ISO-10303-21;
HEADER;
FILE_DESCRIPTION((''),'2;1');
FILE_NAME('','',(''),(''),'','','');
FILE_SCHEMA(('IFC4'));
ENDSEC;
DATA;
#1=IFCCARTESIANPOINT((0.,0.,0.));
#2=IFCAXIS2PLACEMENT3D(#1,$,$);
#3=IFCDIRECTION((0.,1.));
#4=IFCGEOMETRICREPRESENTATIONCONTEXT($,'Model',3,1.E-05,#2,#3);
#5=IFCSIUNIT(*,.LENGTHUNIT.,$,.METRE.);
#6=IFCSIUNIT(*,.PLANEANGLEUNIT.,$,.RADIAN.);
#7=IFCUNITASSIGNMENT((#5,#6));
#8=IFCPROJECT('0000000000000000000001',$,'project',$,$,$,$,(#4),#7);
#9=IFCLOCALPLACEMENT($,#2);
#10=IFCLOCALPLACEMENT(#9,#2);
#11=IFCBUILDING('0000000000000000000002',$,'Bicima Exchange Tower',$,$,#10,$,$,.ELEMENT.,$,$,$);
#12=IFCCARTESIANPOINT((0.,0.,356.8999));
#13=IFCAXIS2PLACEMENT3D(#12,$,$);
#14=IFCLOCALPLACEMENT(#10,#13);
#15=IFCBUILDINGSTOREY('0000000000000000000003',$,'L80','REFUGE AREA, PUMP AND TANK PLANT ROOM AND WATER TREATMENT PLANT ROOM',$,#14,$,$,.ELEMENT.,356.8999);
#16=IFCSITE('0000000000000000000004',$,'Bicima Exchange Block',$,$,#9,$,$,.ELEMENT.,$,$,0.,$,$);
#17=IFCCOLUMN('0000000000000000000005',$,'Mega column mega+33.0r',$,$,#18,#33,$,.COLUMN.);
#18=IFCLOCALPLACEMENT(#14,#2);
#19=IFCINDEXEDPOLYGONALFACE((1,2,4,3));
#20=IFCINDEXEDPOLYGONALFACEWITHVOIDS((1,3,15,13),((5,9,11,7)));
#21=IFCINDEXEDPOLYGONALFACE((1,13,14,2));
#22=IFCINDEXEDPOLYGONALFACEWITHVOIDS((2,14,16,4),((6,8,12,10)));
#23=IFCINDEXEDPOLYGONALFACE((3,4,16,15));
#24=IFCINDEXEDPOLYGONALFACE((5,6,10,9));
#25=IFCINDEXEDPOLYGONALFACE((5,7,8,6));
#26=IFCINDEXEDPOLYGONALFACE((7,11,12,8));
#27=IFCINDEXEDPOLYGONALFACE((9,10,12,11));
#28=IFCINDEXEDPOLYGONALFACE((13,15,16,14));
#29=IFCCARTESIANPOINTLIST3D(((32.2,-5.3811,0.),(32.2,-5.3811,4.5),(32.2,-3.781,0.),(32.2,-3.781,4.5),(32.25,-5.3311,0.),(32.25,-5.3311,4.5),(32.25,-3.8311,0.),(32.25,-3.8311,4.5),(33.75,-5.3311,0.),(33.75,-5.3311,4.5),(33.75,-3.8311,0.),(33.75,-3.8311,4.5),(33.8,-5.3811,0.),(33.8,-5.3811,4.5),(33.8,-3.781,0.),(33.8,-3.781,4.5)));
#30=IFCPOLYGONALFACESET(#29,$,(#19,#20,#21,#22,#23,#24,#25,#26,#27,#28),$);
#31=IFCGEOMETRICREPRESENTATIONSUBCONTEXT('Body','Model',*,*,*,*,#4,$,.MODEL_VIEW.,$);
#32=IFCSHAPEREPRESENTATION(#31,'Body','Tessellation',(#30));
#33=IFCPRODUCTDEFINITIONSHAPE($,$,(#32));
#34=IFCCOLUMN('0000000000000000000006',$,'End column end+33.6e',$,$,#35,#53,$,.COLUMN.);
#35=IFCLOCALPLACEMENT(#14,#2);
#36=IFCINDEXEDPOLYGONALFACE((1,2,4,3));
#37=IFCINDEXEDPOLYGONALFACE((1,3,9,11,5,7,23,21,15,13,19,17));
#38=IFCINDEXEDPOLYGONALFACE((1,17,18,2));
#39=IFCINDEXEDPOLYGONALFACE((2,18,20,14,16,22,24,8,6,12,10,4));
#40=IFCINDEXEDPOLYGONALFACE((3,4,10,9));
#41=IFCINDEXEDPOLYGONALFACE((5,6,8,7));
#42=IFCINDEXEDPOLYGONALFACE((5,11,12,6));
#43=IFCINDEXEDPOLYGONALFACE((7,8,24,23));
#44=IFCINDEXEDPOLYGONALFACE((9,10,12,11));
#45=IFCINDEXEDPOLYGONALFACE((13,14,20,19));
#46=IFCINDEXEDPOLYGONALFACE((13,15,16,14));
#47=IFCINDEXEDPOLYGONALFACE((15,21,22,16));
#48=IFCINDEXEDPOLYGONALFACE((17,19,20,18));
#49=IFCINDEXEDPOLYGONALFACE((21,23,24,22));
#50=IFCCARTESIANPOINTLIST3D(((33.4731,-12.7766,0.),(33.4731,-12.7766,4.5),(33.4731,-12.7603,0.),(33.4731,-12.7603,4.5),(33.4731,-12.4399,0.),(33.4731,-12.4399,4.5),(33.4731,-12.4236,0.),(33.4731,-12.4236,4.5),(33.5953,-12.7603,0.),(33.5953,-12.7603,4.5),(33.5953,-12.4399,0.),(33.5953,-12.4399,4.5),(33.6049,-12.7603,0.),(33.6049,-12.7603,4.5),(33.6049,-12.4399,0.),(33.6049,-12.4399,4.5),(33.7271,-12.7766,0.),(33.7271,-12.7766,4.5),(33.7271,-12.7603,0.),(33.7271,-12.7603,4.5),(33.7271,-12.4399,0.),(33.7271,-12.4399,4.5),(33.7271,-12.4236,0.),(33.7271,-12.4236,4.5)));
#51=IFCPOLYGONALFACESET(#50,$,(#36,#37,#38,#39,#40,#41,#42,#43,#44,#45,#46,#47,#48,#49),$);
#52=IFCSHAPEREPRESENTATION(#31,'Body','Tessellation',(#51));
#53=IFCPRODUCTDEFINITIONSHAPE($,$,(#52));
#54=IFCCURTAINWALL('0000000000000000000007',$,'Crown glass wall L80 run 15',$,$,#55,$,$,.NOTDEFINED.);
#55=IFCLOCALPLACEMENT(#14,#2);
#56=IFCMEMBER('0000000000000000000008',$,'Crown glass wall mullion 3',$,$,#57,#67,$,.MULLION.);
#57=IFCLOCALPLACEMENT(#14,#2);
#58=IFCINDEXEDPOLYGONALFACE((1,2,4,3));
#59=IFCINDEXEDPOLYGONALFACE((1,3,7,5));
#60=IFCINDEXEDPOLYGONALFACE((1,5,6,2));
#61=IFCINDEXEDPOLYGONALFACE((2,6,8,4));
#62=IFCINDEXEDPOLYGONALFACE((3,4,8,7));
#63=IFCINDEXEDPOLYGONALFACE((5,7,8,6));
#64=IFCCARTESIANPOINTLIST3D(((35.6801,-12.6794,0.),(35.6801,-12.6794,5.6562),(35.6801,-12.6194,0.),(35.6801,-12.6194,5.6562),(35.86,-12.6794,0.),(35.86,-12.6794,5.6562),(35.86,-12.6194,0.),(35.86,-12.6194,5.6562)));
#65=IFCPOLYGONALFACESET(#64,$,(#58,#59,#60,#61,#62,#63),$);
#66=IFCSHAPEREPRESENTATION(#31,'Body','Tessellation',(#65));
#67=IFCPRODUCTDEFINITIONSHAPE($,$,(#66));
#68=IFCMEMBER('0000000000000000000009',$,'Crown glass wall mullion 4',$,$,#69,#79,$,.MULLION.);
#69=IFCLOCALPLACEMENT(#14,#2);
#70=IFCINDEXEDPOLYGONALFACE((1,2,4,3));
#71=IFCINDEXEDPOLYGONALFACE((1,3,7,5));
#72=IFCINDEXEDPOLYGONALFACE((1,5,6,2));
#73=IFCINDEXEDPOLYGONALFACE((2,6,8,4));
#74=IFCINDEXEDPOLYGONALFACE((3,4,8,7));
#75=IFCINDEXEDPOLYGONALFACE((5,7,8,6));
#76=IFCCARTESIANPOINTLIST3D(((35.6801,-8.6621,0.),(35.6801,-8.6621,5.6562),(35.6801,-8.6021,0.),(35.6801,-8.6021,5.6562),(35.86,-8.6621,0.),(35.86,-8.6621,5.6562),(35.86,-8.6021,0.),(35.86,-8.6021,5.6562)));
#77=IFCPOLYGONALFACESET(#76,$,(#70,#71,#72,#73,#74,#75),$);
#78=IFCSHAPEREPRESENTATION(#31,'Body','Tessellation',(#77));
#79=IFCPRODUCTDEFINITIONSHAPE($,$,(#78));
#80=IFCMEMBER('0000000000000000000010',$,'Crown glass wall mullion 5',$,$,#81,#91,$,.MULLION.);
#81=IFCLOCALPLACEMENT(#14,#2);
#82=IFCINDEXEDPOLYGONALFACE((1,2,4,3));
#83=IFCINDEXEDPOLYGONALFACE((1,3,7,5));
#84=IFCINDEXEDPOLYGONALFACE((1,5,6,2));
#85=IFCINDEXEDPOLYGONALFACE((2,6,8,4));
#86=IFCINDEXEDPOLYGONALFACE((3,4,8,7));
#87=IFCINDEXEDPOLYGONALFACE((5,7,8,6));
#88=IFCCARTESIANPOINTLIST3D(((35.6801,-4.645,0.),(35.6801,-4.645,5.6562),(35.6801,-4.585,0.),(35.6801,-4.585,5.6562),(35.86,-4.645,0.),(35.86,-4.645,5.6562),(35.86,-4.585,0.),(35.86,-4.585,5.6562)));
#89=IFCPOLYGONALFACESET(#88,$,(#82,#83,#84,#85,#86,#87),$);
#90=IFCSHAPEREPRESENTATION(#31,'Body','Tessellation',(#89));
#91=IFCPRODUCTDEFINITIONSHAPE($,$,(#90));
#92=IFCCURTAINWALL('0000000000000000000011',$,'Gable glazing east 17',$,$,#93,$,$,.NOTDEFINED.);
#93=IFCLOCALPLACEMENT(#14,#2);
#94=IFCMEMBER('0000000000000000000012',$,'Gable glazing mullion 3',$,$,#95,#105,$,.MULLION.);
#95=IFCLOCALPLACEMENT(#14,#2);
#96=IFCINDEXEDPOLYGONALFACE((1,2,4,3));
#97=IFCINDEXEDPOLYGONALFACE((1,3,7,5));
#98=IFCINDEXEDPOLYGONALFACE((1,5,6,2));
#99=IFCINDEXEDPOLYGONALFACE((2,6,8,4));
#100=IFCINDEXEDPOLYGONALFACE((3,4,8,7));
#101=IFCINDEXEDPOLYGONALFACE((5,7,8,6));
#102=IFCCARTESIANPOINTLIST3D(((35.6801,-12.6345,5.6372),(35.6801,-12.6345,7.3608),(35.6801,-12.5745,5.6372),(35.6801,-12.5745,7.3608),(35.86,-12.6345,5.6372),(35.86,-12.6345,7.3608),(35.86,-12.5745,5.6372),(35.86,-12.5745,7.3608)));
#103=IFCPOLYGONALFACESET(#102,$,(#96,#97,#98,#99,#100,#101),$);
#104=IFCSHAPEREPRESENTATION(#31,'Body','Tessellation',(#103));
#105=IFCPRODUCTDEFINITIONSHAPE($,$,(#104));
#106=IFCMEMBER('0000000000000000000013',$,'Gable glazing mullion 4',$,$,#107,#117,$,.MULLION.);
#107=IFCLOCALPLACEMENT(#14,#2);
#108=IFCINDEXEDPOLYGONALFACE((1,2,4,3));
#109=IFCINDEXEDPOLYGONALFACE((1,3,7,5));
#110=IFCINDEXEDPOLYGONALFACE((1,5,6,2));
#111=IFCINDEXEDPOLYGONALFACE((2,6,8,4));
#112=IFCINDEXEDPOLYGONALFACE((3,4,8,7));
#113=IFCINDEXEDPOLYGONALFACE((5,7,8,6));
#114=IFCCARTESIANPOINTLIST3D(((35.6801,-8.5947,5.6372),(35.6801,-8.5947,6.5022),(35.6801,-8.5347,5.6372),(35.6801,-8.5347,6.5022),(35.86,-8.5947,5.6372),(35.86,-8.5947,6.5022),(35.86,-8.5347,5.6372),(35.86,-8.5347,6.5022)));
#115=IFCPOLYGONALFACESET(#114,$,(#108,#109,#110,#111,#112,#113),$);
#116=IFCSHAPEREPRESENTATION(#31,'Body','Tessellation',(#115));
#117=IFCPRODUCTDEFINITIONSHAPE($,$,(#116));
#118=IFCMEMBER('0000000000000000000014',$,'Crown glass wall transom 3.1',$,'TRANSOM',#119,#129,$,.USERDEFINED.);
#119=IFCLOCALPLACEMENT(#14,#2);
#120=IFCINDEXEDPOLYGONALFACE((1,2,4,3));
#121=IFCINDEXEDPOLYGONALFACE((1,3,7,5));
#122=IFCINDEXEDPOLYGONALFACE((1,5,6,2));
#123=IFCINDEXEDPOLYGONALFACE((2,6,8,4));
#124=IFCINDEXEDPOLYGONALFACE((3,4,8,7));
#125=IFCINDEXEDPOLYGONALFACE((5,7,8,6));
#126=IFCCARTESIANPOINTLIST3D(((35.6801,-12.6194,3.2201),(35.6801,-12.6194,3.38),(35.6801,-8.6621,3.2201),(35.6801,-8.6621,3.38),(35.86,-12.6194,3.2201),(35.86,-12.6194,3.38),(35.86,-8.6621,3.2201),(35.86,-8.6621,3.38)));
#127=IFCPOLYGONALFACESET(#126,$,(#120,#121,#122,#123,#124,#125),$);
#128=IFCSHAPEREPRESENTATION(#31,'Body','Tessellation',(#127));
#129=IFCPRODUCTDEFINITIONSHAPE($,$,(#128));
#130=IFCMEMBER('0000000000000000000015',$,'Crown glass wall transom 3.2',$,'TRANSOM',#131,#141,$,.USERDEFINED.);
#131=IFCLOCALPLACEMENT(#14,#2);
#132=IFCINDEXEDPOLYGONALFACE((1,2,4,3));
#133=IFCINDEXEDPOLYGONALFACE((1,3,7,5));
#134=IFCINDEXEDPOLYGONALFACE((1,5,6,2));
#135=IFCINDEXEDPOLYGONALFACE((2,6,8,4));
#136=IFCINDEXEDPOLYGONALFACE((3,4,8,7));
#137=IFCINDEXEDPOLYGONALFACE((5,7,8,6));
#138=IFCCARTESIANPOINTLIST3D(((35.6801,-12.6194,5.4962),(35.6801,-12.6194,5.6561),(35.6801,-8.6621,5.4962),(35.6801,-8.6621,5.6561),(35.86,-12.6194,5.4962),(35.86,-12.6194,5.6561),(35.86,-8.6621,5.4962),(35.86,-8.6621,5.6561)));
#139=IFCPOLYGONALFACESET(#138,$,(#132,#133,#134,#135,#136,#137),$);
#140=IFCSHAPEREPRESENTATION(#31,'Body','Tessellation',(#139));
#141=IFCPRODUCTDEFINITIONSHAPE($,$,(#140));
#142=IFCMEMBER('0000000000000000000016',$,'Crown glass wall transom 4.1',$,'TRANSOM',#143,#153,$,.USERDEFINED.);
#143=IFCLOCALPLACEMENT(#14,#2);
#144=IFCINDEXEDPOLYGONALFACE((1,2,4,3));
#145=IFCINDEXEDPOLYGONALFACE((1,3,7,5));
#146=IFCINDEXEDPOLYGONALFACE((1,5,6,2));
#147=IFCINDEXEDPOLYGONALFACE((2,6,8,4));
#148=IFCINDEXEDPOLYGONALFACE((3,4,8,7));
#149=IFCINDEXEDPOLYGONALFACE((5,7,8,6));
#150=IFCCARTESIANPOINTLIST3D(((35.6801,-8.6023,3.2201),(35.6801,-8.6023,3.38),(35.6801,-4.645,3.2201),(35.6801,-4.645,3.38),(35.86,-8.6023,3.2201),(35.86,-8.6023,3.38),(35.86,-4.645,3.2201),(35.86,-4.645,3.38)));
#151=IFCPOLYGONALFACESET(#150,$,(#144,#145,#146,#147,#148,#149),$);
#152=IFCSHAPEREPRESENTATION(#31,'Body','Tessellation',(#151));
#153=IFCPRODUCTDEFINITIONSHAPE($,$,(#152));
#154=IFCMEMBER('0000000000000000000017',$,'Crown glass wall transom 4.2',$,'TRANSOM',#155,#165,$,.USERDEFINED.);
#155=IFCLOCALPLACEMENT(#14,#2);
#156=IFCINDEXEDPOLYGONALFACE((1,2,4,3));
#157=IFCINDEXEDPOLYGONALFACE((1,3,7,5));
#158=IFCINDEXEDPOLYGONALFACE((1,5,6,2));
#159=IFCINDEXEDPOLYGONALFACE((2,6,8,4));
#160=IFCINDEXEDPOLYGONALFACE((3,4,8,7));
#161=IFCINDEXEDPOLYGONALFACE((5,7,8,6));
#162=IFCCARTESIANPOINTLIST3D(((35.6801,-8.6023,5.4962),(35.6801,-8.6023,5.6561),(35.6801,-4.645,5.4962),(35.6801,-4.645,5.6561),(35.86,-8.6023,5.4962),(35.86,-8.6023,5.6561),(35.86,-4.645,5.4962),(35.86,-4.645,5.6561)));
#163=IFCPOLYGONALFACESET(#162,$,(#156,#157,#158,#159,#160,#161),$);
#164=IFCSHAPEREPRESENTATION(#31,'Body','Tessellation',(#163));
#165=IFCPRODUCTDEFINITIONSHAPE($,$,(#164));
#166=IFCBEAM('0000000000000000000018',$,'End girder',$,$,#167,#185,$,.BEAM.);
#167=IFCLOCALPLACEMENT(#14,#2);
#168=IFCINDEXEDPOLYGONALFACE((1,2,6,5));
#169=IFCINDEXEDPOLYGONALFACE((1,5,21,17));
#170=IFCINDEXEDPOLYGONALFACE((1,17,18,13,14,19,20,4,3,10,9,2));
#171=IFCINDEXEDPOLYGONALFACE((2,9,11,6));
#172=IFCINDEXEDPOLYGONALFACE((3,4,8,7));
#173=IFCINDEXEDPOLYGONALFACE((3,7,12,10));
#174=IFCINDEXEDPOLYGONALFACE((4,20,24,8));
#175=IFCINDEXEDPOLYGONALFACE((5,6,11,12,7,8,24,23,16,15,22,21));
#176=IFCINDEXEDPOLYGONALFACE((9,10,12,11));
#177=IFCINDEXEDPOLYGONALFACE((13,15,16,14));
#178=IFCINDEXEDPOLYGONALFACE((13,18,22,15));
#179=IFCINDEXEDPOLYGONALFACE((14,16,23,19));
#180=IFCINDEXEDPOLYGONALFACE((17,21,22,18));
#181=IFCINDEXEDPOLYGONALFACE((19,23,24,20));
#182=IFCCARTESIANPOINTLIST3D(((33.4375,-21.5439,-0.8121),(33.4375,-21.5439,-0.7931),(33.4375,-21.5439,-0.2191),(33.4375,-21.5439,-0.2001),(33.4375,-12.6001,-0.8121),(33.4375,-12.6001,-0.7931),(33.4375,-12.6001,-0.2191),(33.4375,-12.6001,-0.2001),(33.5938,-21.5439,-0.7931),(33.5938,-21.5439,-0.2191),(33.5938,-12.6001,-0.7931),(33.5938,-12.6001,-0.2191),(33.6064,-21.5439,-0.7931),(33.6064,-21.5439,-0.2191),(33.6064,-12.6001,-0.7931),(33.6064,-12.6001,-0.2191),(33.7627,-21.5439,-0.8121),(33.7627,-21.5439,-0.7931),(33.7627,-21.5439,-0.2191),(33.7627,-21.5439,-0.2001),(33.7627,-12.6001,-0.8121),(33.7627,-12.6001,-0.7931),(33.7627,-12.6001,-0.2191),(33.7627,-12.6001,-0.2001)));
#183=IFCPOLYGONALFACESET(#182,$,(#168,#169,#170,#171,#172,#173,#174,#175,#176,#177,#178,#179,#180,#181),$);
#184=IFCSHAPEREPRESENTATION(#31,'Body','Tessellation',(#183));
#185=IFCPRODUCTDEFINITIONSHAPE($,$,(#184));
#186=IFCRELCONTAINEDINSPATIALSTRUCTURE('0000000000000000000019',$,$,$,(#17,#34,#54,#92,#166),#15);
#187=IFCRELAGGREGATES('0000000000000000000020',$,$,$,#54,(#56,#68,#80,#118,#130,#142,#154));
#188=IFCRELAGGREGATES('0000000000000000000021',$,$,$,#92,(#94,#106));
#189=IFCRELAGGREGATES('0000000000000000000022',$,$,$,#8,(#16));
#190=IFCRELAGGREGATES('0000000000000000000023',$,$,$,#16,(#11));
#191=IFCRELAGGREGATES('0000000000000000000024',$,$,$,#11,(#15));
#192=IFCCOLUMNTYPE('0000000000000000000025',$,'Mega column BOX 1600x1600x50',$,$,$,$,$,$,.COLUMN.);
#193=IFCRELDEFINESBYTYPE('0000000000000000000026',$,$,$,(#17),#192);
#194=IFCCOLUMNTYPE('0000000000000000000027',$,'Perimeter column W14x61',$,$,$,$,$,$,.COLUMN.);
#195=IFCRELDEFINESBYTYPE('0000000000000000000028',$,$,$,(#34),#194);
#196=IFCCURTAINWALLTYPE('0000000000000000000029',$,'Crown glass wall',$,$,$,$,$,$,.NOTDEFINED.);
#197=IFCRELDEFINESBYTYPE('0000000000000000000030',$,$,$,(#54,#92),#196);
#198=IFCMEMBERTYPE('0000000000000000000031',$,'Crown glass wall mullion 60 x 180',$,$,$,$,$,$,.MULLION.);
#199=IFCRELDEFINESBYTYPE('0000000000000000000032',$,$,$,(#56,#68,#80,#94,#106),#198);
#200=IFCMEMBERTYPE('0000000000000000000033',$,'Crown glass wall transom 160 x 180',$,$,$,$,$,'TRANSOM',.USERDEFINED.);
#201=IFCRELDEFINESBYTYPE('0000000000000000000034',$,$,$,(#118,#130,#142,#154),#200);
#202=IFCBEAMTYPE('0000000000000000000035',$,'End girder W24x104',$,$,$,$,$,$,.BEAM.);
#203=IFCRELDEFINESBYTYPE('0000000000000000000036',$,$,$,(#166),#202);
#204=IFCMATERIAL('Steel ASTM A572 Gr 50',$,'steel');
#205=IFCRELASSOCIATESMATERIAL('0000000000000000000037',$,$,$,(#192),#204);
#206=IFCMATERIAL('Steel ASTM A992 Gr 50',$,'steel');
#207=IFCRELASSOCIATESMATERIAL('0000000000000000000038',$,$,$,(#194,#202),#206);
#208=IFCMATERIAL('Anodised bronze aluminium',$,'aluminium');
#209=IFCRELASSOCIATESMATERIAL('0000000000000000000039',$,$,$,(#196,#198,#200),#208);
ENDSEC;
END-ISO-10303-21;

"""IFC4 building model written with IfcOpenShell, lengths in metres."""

from ifc_helpers import new_model, si_unit, direction, frame, origin, origin_2d, place, context, subcontext, project, spatial, rectangle, hollow_rectangle, i_section, extrude, material, material_profile, profile_set, type_object, element, aggregate, save


model = new_model("IFC4")

# Units and contexts
model_context = context("Model", 3, precision=1e-05, world=origin(), true_north=direction((0.0, 1.0)))
body_context = subcontext(model_context, "Body", "Model", "MODEL_VIEW")
ifc_project = project(units=[si_unit("LENGTHUNIT", "METRE"), si_unit("PLANEANGLEUNIT", "RADIAN")], contexts=[model_context])

# Site, building, storey
site_placement = place(None, origin())
site = spatial("IfcSite", under=ifc_project, at=site_placement, Name="Bicima Exchange Block", CompositionType="ELEMENT", RefElevation=0.0)
building_placement = place(site_placement, origin())
building = spatial("IfcBuilding", under=site, at=building_placement, Name="Bicima Exchange Tower", CompositionType="ELEMENT")
storey_placement = place(building_placement, frame((0.0, 0.0, 356.8999)))
storey = spatial("IfcBuildingStorey", under=building, at=storey_placement, Name="L80", Description="REFUGE AREA, PUMP AND TANK PLANT ROOM AND WATER TREATMENT PLANT ROOM", CompositionType="ELEMENT", Elevation=356.8999)

# Columns
ifc_material_1 = material(Name="Steel ASTM A572 Gr 50", Category="steel")
ifc_material_profile_1 = material_profile(ifc_material_1, hollow_rectangle(XDim=1.6001, YDim=1.6001, WallThickness=0.05, at=origin_2d()))
ifc_profile_set_1 = profile_set([ifc_material_profile_1], Name="Steel ASTM A572 Gr 50")
column_type_1 = type_object("IfcColumnType", Name="Mega column BOX 1600x1600x50", PredefinedType="COLUMN", material=ifc_profile_set_1)
column_1_placement = place(storey_placement, frame((33.0, -4.5811, 0.0), z_axis=(0.0, 0.0, 1.0), x_axis=(1.0, 0.0, 0.0)))
element("IfcColumn", 1, at=column_1_placement, inside=storey, type_object=column_type_1, Name="Mega column mega+33.0r", PredefinedType="COLUMN", context=body_context, shape_type="SweptSolid", body=[
    extrude(hollow_rectangle(XDim=1.6001, YDim=1.6001, WallThickness=0.05, at=origin_2d()), origin(), (0.0, 0.0, 1.0), 4.5),
])
ifc_material_2 = material(Name="Steel ASTM A992 Gr 50", Category="steel")
ifc_material_profile_2 = material_profile(ifc_material_2, i_section(OverallWidth=0.2539, OverallDepth=0.353, WebThickness=0.0095, FlangeThickness=0.0164, at=origin_2d()))
ifc_profile_set_2 = profile_set([ifc_material_profile_2], Name="Steel ASTM A992 Gr 50")
column_type_2 = type_object("IfcColumnType", Name="Perimeter column W14x61", PredefinedType="COLUMN", material=ifc_profile_set_2)
column_2_placement = place(storey_placement, frame((33.6001, -12.6001, 0.0), z_axis=(0.0, 0.0, 1.0), x_axis=(1.0, 0.0, 0.0)))
element("IfcColumn", 2, at=column_2_placement, inside=storey, type_object=column_type_2, Name="End column end+33.6e", PredefinedType="COLUMN", context=body_context, shape_type="SweptSolid", body=[
    extrude(i_section(OverallWidth=0.2539, OverallDepth=0.353, WebThickness=0.0095, FlangeThickness=0.0164, at=origin_2d()), origin(), (0.0, 0.0, 1.0), 4.5),
])

# Curtain walls, members
ifc_material_3 = material(Name="Anodised bronze aluminium", Category="aluminium")
curtain_wall_type = type_object("IfcCurtainWallType", Name="Crown glass wall", PredefinedType="NOTDEFINED", material=ifc_material_3)
curtain_wall_1_placement = place(storey_placement, origin())
curtain_wall_1 = element("IfcCurtainWall", 3, at=curtain_wall_1_placement, inside=storey, type_object=curtain_wall_type, Name="Crown glass wall L80 run 15", PredefinedType="NOTDEFINED")
ifc_material_profile_3 = material_profile(ifc_material_3, rectangle(XDim=0.1799, YDim=0.0601, at=origin_2d()))
ifc_profile_set_3 = profile_set([ifc_material_profile_3], Name="Anodised bronze aluminium")
member_type_1 = type_object("IfcMemberType", Name="Crown glass wall mullion 60 x 180", PredefinedType="MULLION", material=ifc_profile_set_3)
member_1_placement = place(storey_placement, frame((35.77, -12.6494, 0.0), z_axis=(0.0, 0.0, 1.0), x_axis=(-1.0, 0.0, 0.0)))
member_1 = element("IfcMember", 4, at=member_1_placement, type_object=member_type_1, Name="Crown glass wall mullion 3", PredefinedType="MULLION", context=body_context, shape_type="SweptSolid", body=[
    extrude(rectangle(XDim=0.1799, YDim=0.0601, at=origin_2d()), origin(), (0.0, 0.0, 1.0), 5.6562),
])
member_2_placement = place(storey_placement, frame((35.77, -8.6321, 0.0), z_axis=(0.0, 0.0, 1.0), x_axis=(-1.0, 0.0, 0.0)))
member_2 = element("IfcMember", 5, at=member_2_placement, type_object=member_type_1, Name="Crown glass wall mullion 4", PredefinedType="MULLION", context=body_context, shape_type="SweptSolid", body=[
    extrude(rectangle(XDim=0.1799, YDim=0.0601, at=origin_2d()), origin(), (0.0, 0.0, 1.0), 5.6562),
])
member_3_placement = place(storey_placement, frame((35.77, -4.615, 0.0), z_axis=(0.0, 0.0, 1.0), x_axis=(-1.0, 0.0, 0.0)))
member_3 = element("IfcMember", 6, at=member_3_placement, type_object=member_type_1, Name="Crown glass wall mullion 5", PredefinedType="MULLION", context=body_context, shape_type="SweptSolid", body=[
    extrude(rectangle(XDim=0.1799, YDim=0.0601, at=origin_2d()), origin(), (0.0, 0.0, 1.0), 5.6562),
])
curtain_wall_2_placement = place(storey_placement, origin())
curtain_wall_2 = element("IfcCurtainWall", 7, at=curtain_wall_2_placement, inside=storey, type_object=curtain_wall_type, Name="Gable glazing east 17", PredefinedType="NOTDEFINED")
member_4_placement = place(storey_placement, frame((35.77, -12.6045, 5.6372), z_axis=(0.0, 0.0, 1.0), x_axis=(-1.0, 0.0, 0.0)))
member_4 = element("IfcMember", 8, at=member_4_placement, type_object=member_type_1, Name="Gable glazing mullion 3", PredefinedType="MULLION", context=body_context, shape_type="SweptSolid", body=[
    extrude(rectangle(XDim=0.1799, YDim=0.0601, at=origin_2d()), origin(), (0.0, 0.0, 1.0), 1.7236),
])
member_5_placement = place(storey_placement, frame((35.77, -8.5647, 5.6372), z_axis=(0.0, 0.0, 1.0), x_axis=(-1.0, 0.0, 0.0)))
member_5 = element("IfcMember", 9, at=member_5_placement, type_object=member_type_1, Name="Gable glazing mullion 4", PredefinedType="MULLION", context=body_context, shape_type="SweptSolid", body=[
    extrude(rectangle(XDim=0.1799, YDim=0.0601, at=origin_2d()), origin(), (0.0, 0.0, 1.0), 0.865),
])

# Members
ifc_material_profile_4 = material_profile(ifc_material_3, rectangle(XDim=0.1799, YDim=0.1599, at=origin_2d()))
ifc_profile_set_4 = profile_set([ifc_material_profile_4], Name="Anodised bronze aluminium")
member_type_2 = type_object("IfcMemberType", Name="Crown glass wall transom 160 x 180", ElementType="TRANSOM", PredefinedType="USERDEFINED", material=ifc_profile_set_4)
member_6_placement = place(storey_placement, frame((35.77, -12.6194, 3.3), z_axis=(0.0, 1.0, 0.0), x_axis=(-1.0, 0.0, 0.0)))
member_6 = element("IfcMember", 10, at=member_6_placement, type_object=member_type_2, Name="Crown glass wall transom 3.1", ObjectType="TRANSOM", PredefinedType="USERDEFINED", context=body_context, shape_type="SweptSolid", body=[
    extrude(rectangle(XDim=0.1799, YDim=0.1599, at=origin_2d()), origin(), (0.0, 0.0, 1.0), 3.9573),
])
member_7_placement = place(storey_placement, frame((35.77, -12.6194, 5.5762), z_axis=(0.0, 1.0, 0.0), x_axis=(-1.0, 0.0, 0.0)))
member_7 = element("IfcMember", 11, at=member_7_placement, type_object=member_type_2, Name="Crown glass wall transom 3.2", ObjectType="TRANSOM", PredefinedType="USERDEFINED", context=body_context, shape_type="SweptSolid", body=[
    extrude(rectangle(XDim=0.1799, YDim=0.1599, at=origin_2d()), origin(), (0.0, 0.0, 1.0), 3.9573),
])
member_8_placement = place(storey_placement, frame((35.77, -8.6023, 3.3), z_axis=(0.0, 1.0, 0.0), x_axis=(-1.0, 0.0, 0.0)))
member_8 = element("IfcMember", 12, at=member_8_placement, type_object=member_type_2, Name="Crown glass wall transom 4.1", ObjectType="TRANSOM", PredefinedType="USERDEFINED", context=body_context, shape_type="SweptSolid", body=[
    extrude(rectangle(XDim=0.1799, YDim=0.1599, at=origin_2d()), origin(), (0.0, 0.0, 1.0), 3.9573),
])
member_9_placement = place(storey_placement, frame((35.77, -8.6023, 5.5762), z_axis=(0.0, 1.0, 0.0), x_axis=(-1.0, 0.0, 0.0)))
member_9 = element("IfcMember", 13, at=member_9_placement, type_object=member_type_2, Name="Crown glass wall transom 4.2", ObjectType="TRANSOM", PredefinedType="USERDEFINED", context=body_context, shape_type="SweptSolid", body=[
    extrude(rectangle(XDim=0.1799, YDim=0.1599, at=origin_2d()), origin(), (0.0, 0.0, 1.0), 3.9573),
])

# Beam
ifc_material_profile_5 = material_profile(ifc_material_2, i_section(OverallWidth=0.3252, OverallDepth=0.6121, WebThickness=0.0127, FlangeThickness=0.019, at=origin_2d()))
ifc_profile_set_5 = profile_set([ifc_material_profile_5], Name="Steel ASTM A992 Gr 50")
beam_type_1 = type_object("IfcBeamType", Name="End girder W24x104", PredefinedType="BEAM", material=ifc_profile_set_5)
beam_1_placement = place(storey_placement, frame((33.6001, -12.6001, -0.5061), z_axis=(0.0, -1.0, 0.0), x_axis=(1.0, 0.0, 0.0)))
element("IfcBeam", 14, at=beam_1_placement, inside=storey, type_object=beam_type_1, Name="End girder", PredefinedType="BEAM", context=body_context, shape_type="SweptSolid", body=[
    extrude(i_section(OverallWidth=0.3252, OverallDepth=0.6121, WebThickness=0.0127, FlangeThickness=0.019, at=origin_2d()), origin(), (0.0, 0.0, 1.0), 8.9438),
])

aggregate(curtain_wall_1, [member_1, member_2, member_3, member_6, member_7, member_8, member_9])
aggregate(curtain_wall_2, [member_4, member_5])

save(model, "model.ifc")
